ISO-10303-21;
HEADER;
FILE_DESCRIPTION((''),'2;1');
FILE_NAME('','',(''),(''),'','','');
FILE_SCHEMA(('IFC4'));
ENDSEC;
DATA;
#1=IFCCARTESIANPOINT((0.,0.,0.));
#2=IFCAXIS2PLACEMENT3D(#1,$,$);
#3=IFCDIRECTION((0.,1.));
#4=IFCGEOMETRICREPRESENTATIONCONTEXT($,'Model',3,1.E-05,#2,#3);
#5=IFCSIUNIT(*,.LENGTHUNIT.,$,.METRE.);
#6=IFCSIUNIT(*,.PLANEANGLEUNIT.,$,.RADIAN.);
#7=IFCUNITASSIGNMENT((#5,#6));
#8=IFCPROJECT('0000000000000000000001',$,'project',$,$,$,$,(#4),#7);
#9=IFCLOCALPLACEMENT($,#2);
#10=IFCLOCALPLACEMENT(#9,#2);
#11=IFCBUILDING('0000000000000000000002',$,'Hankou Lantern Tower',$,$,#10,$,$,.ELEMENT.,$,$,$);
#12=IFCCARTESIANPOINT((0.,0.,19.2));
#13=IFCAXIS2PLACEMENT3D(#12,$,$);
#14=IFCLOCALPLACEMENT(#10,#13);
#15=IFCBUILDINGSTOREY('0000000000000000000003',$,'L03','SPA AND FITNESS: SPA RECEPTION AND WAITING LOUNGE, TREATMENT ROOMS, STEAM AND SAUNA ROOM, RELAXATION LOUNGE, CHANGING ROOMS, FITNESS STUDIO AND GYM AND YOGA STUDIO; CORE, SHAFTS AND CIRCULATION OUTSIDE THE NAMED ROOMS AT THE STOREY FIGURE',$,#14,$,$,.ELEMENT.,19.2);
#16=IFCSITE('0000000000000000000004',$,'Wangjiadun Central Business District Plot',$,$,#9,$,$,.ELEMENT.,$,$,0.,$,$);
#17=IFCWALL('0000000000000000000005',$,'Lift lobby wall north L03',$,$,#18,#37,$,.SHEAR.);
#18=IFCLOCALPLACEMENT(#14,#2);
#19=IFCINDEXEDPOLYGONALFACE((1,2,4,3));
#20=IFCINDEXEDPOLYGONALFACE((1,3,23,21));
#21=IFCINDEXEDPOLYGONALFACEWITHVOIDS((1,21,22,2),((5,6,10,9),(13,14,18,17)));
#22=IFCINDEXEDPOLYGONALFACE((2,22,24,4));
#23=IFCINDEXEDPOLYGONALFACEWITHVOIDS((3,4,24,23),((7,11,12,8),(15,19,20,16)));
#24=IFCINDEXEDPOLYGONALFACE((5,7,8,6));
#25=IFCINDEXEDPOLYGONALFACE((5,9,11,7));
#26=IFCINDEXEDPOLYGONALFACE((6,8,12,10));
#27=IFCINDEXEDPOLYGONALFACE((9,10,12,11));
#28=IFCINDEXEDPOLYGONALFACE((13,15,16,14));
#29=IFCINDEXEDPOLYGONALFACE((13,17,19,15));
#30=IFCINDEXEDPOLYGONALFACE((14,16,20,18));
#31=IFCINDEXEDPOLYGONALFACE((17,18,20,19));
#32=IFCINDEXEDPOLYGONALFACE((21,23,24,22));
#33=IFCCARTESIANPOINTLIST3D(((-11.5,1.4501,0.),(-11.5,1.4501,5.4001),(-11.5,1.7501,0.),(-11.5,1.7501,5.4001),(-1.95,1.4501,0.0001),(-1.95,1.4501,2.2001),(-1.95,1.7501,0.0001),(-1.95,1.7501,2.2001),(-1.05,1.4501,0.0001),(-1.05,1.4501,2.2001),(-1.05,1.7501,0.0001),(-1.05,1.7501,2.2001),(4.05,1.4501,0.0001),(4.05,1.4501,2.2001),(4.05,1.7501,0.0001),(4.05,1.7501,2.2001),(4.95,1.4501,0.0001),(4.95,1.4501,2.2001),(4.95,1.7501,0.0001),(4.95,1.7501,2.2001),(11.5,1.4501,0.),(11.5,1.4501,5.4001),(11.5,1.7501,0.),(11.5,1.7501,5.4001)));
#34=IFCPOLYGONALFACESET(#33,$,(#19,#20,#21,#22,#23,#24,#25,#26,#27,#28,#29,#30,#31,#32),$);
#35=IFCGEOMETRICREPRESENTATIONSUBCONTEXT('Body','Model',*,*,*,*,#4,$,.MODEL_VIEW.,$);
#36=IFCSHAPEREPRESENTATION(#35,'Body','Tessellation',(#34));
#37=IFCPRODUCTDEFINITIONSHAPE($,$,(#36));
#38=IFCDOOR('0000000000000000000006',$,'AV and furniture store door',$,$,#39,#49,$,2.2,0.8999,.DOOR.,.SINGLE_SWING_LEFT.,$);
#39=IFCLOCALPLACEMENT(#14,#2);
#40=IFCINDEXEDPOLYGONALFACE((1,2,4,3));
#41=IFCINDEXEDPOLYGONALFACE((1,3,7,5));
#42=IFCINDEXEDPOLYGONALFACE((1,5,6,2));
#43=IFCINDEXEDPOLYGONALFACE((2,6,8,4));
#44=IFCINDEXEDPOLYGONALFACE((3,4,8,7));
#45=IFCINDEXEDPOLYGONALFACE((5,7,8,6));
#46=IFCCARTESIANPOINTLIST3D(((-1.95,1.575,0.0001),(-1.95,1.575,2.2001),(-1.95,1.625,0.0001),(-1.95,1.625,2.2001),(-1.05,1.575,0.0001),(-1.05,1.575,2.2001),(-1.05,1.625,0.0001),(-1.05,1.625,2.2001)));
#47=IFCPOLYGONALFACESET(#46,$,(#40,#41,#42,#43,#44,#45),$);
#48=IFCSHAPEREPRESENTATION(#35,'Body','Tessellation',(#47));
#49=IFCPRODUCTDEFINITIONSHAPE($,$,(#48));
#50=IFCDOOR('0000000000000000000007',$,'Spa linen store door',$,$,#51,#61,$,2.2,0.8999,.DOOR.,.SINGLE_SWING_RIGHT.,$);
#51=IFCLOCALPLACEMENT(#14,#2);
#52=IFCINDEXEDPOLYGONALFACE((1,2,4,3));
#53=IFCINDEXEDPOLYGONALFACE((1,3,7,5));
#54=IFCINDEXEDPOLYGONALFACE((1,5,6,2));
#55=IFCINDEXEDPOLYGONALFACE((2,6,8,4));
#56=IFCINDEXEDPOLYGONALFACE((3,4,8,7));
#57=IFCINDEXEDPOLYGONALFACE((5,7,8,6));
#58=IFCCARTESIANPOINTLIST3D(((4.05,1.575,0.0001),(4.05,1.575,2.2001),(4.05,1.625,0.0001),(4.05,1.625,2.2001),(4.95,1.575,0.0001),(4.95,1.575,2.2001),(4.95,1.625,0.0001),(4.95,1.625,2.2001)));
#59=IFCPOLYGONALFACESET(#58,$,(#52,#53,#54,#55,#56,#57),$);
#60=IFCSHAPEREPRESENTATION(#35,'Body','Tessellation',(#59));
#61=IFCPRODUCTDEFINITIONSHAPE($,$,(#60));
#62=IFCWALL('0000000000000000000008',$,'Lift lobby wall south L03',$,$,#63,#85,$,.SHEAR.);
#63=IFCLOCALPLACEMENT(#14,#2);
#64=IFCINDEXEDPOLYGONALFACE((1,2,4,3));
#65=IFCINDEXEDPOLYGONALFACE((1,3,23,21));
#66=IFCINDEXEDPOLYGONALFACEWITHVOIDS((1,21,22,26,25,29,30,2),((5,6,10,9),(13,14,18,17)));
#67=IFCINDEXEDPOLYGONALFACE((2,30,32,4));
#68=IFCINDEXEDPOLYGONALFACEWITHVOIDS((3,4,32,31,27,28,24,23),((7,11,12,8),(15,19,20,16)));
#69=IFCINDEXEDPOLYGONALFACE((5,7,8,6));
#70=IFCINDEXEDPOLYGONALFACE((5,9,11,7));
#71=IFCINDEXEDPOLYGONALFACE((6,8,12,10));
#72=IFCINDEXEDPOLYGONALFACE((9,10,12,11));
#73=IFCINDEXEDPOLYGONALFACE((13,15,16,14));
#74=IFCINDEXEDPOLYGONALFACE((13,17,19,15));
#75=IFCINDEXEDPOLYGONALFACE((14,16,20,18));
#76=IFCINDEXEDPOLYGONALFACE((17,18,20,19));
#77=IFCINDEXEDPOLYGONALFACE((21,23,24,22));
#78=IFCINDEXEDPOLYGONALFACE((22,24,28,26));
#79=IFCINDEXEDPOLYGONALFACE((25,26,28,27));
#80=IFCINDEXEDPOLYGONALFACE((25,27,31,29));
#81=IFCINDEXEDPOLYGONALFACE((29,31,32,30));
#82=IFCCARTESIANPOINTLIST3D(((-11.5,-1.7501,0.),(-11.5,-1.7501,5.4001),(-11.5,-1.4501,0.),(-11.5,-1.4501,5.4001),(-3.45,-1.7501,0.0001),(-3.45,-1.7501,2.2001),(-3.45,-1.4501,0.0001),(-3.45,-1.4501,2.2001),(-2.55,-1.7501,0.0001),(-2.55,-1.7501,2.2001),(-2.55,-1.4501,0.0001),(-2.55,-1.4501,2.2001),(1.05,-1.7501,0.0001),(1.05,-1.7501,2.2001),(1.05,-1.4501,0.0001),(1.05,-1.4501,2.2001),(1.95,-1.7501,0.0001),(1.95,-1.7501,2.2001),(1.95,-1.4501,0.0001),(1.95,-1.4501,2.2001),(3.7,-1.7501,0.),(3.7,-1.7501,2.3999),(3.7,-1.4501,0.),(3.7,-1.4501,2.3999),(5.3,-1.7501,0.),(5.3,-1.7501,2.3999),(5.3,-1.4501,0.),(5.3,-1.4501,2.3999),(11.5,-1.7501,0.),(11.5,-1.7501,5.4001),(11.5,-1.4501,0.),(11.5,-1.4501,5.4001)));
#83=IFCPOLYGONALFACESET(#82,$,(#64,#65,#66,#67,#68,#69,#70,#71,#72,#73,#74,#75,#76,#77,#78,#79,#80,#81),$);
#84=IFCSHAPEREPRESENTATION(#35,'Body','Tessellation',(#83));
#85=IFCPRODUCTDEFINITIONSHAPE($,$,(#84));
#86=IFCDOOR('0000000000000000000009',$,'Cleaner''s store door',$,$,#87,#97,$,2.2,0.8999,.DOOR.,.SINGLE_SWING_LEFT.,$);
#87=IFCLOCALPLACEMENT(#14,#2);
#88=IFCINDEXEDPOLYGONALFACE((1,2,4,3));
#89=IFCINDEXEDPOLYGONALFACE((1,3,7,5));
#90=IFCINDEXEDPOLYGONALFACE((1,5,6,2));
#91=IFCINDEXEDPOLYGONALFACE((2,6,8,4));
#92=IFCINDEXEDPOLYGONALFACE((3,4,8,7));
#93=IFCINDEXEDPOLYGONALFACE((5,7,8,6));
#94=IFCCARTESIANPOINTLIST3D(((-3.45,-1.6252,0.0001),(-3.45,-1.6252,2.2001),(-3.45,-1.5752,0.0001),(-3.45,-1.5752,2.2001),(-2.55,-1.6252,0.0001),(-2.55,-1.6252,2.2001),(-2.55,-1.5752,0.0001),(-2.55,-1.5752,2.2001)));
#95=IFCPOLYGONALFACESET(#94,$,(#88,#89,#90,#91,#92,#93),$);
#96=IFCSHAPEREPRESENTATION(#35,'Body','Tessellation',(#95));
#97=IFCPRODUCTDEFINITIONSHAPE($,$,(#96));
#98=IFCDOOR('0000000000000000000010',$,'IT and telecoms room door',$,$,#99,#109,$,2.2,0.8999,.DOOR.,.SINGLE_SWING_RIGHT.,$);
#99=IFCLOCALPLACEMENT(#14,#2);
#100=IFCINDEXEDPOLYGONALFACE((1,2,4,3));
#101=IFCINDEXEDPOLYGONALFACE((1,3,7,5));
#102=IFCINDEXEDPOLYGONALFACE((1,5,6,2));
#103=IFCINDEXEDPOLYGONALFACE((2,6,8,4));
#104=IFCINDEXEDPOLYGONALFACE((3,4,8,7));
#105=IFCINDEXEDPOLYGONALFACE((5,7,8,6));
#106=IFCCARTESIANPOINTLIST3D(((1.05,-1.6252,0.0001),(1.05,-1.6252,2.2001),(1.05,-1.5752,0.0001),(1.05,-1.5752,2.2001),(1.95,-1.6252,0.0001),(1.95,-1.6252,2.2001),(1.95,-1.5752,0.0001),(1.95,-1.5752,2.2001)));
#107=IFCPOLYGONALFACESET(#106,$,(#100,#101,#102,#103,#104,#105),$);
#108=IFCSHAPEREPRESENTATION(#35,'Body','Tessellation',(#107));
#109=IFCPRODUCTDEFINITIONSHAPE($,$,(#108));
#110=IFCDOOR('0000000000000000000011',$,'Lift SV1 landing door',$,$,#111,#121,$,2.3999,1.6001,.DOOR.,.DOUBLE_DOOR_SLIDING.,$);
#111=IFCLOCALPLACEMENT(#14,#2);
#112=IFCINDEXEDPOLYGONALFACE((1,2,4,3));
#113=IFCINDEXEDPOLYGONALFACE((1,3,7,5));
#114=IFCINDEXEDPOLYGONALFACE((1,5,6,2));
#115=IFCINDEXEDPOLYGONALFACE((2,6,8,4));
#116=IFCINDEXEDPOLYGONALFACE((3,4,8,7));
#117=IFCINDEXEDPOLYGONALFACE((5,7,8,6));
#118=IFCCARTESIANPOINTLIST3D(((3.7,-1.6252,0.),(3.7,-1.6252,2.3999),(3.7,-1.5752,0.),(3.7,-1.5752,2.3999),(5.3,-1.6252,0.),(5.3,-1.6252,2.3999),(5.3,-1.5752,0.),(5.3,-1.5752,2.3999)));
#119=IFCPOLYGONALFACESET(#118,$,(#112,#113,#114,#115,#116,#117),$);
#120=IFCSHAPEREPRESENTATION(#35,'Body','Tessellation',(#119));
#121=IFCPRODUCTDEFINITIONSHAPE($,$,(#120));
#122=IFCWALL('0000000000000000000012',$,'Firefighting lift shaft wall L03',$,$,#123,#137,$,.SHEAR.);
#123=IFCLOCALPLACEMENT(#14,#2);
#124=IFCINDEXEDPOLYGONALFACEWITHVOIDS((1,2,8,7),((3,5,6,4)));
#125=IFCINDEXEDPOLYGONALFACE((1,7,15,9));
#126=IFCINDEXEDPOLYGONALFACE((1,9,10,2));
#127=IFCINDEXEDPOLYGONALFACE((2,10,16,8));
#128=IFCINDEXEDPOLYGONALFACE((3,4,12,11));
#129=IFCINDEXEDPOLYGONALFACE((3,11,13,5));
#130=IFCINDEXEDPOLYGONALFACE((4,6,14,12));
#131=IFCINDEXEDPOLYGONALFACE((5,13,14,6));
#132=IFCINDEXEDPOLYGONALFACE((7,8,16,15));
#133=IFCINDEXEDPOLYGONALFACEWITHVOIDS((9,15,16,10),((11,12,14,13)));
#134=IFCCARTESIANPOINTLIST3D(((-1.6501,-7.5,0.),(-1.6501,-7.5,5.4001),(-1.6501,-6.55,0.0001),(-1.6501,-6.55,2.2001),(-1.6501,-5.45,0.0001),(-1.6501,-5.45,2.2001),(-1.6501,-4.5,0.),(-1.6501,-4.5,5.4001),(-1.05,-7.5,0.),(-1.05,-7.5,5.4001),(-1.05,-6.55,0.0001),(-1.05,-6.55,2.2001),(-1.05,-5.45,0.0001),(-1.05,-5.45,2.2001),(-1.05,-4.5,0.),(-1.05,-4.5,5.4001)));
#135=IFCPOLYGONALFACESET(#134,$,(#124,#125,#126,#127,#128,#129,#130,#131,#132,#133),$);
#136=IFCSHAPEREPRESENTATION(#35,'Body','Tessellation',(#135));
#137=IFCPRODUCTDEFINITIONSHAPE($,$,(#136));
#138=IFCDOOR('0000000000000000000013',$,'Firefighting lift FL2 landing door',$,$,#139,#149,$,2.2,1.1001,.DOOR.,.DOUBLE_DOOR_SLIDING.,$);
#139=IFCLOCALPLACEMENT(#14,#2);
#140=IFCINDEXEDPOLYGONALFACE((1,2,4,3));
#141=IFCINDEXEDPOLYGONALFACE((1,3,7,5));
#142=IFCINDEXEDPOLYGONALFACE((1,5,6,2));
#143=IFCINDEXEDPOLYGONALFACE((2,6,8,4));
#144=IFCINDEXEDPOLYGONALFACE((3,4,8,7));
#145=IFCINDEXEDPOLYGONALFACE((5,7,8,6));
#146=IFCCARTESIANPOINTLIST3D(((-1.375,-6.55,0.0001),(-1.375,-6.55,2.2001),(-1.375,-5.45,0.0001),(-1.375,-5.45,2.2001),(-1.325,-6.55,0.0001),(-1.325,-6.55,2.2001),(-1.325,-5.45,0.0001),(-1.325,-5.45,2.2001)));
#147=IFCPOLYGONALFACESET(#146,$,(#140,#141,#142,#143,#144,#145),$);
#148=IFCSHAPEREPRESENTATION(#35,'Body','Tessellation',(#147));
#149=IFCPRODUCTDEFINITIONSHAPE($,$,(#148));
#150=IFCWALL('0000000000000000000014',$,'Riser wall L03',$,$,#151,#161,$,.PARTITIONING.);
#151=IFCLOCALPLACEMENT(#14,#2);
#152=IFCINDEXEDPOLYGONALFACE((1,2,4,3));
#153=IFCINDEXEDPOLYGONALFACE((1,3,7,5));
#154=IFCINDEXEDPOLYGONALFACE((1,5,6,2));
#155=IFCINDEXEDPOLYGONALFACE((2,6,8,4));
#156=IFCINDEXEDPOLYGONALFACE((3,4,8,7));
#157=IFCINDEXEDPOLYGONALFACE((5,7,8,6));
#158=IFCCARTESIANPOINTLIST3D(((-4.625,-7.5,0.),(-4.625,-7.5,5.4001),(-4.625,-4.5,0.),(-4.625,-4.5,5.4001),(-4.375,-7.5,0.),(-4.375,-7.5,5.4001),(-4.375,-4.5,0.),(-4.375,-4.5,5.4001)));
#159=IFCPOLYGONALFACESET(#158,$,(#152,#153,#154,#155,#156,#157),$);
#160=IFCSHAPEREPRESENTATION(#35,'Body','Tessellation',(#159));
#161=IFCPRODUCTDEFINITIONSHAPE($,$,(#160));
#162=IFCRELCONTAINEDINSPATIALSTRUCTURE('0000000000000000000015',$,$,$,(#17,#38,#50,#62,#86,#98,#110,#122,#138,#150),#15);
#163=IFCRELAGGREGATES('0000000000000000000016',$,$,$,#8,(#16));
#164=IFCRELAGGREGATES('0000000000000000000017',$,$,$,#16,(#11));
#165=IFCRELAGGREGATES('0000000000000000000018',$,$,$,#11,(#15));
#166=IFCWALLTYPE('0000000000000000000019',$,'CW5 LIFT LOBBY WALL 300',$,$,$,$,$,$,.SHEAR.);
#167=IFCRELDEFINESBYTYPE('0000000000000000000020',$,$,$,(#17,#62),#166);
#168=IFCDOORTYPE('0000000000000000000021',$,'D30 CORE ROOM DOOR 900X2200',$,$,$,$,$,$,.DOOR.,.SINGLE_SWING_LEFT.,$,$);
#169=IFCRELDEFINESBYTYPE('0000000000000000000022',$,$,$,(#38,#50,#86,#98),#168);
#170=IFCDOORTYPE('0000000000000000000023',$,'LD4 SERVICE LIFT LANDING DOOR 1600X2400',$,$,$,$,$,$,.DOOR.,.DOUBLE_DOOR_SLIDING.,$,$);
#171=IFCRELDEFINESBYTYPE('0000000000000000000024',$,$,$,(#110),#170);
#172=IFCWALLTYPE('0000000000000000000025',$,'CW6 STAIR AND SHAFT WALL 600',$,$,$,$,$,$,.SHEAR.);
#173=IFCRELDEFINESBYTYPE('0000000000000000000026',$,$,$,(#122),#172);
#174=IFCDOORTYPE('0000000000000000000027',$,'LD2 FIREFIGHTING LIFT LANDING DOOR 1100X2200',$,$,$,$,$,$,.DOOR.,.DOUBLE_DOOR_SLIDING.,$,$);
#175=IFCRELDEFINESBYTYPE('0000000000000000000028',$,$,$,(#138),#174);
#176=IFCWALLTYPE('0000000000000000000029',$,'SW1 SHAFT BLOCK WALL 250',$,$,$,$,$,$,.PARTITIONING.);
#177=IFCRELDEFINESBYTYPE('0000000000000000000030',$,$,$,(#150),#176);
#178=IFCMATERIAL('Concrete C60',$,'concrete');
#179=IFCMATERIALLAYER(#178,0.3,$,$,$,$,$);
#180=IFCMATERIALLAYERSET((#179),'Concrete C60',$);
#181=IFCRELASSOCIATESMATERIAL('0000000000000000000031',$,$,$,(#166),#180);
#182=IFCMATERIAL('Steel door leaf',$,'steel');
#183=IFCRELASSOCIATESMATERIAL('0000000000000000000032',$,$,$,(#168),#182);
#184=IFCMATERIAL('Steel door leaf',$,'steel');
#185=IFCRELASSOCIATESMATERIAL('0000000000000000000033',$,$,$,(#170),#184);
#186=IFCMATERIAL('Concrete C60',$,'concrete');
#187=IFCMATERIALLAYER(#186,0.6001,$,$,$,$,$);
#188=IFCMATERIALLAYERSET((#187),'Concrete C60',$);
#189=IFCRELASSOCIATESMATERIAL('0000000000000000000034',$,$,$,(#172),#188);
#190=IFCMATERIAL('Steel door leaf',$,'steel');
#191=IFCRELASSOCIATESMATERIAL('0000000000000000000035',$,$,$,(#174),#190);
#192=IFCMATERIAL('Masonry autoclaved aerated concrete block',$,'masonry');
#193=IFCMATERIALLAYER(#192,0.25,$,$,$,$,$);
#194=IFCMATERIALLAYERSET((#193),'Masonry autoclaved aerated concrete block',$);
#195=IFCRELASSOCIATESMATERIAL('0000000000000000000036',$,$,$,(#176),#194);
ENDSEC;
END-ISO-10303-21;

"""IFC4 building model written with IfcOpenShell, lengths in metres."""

from ifc_helpers import new_model, si_unit, direction, frame, frame_2d, origin, place, context, subcontext, project, spatial, rectangle, extrude, material, layer, layer_set, type_object, element, fill, save


model = new_model("IFC4")

# Units and contexts
model_context = context("Model", 3, precision=1e-05, world=origin(), true_north=direction((0.0, 1.0)))
body_context = subcontext(model_context, "Body", "Model", "MODEL_VIEW")
ifc_project = project(units=[si_unit("LENGTHUNIT", "METRE"), si_unit("PLANEANGLEUNIT", "RADIAN")], contexts=[model_context])

# Site, building, storey
site_placement = place(None, origin())
site = spatial("IfcSite", under=ifc_project, at=site_placement, Name="Wangjiadun Central Business District Plot", CompositionType="ELEMENT", RefElevation=0.0)
building_placement = place(site_placement, origin())
building = spatial("IfcBuilding", under=site, at=building_placement, Name="Hankou Lantern Tower", CompositionType="ELEMENT")
storey_placement = place(building_placement, frame((0.0, 0.0, 19.2)))
storey = spatial("IfcBuildingStorey", under=building, at=storey_placement, Name="L03", Description="SPA AND FITNESS: SPA RECEPTION AND WAITING LOUNGE, TREATMENT ROOMS, STEAM AND SAUNA ROOM, RELAXATION LOUNGE, CHANGING ROOMS, FITNESS STUDIO AND GYM AND YOGA STUDIO; CORE, SHAFTS AND CIRCULATION OUTSIDE THE NAMED ROOMS AT THE STOREY FIGURE", CompositionType="ELEMENT", Elevation=19.2)

# Walls, openings, doors
ifc_material_1 = material(Name="Concrete C60", Category="concrete")
ifc_layer_1 = layer(ifc_material_1, 0.3)
ifc_layer_set_1 = layer_set([ifc_layer_1], Name="Concrete C60")
wall_type_1 = type_object("IfcWallType", Name="CW5 LIFT LOBBY WALL 300", PredefinedType="SHEAR", material=ifc_layer_set_1)
wall_1_placement = place(storey_placement, frame((-11.5, 1.6001, 0.0), z_axis=(0.0, 0.0, 1.0), x_axis=(1.0, 0.0, 0.0)))
wall_1 = element("IfcWall", 1, at=wall_1_placement, inside=storey, type_object=wall_type_1, Name="Lift lobby wall north L03", PredefinedType="SHEAR", context=body_context, shape_type="SweptSolid", body=[
    extrude(rectangle(XDim=23.0, YDim=0.3, at=frame_2d((11.5, 0.0))), origin(), (0.0, 0.0, 1.0), 5.4001),
])
opening_1_placement = place(wall_1_placement, frame((9.55, 0.0, 0.0)))
opening_1 = element("IfcOpeningElement", 2, at=opening_1_placement, cuts=wall_1, PredefinedType="OPENING", context=body_context, shape_type="SweptSolid", body=[
    extrude(rectangle(XDim=0.8999, YDim=2.2, at=frame_2d((0.45, 1.1001))), frame((0.0, 0.1599, 0.0), z_axis=(0.0, -1.0, 0.0), x_axis=(1.0, 0.0, 0.0)), (0.0, 0.0, 1.0), 0.3201),
])
opening_2_placement = place(wall_1_placement, frame((15.55, 0.0, 0.0)))
opening_2 = element("IfcOpeningElement", 3, at=opening_2_placement, cuts=wall_1, PredefinedType="OPENING", context=body_context, shape_type="SweptSolid", body=[
    extrude(rectangle(XDim=0.8999, YDim=2.2, at=frame_2d((0.45, 1.1001))), frame((0.0, 0.1599, 0.0), z_axis=(0.0, -1.0, 0.0), x_axis=(1.0, 0.0, 0.0)), (0.0, 0.0, 1.0), 0.3201),
])
ifc_material_2 = material(Name="Steel door leaf", Category="steel")
door_type_1 = type_object("IfcDoorType", Name="D30 CORE ROOM DOOR 900X2200", OperationType="SINGLE_SWING_LEFT", PredefinedType="DOOR", material=ifc_material_2)
door_1_placement = place(opening_1_placement, origin())
door_1 = element("IfcDoor", 4, at=door_1_placement, inside=storey, type_object=door_type_1, Name="AV and furniture store door", OperationType="SINGLE_SWING_LEFT", OverallHeight=2.2, OverallWidth=0.8999, PredefinedType="DOOR", context=body_context, shape_type="SweptSolid", body=[
    extrude(rectangle(XDim=0.8999, YDim=2.2, at=frame_2d((0.45, 1.1001))), frame((0.0, 0.0249, 0.0), z_axis=(0.0, -1.0, 0.0), x_axis=(1.0, 0.0, 0.0)), (0.0, 0.0, 1.0), 0.05),
])
fill(opening_1, door_1)
door_2_placement = place(opening_2_placement, origin())
door_2 = element("IfcDoor", 5, at=door_2_placement, inside=storey, type_object=door_type_1, Name="Spa linen store door", OperationType="SINGLE_SWING_RIGHT", OverallHeight=2.2, OverallWidth=0.8999, PredefinedType="DOOR", context=body_context, shape_type="SweptSolid", body=[
    extrude(rectangle(XDim=0.8999, YDim=2.2, at=frame_2d((0.45, 1.1001))), frame((0.0, 0.0249, 0.0), z_axis=(0.0, -1.0, 0.0), x_axis=(1.0, 0.0, 0.0)), (0.0, 0.0, 1.0), 0.05),
])
fill(opening_2, door_2)
wall_2_placement = place(storey_placement, frame((-11.5, -1.6001, 0.0), z_axis=(0.0, 0.0, 1.0), x_axis=(1.0, 0.0, 0.0)))
wall_2 = element("IfcWall", 6, at=wall_2_placement, inside=storey, type_object=wall_type_1, Name="Lift lobby wall south L03", PredefinedType="SHEAR", context=body_context, shape_type="SweptSolid", body=[
    extrude(rectangle(XDim=23.0, YDim=0.3, at=frame_2d((11.5, 0.0))), origin(), (0.0, 0.0, 1.0), 5.4001),
])
opening_3_placement = place(wall_2_placement, frame((15.2, 0.0, 0.0)))
opening_3 = element("IfcOpeningElement", 7, at=opening_3_placement, cuts=wall_2, PredefinedType="OPENING", context=body_context, shape_type="SweptSolid", body=[
    extrude(rectangle(XDim=1.6001, YDim=2.3999, at=frame_2d((0.8, 1.2))), frame((0.0, 0.1599, 0.0), z_axis=(0.0, -1.0, 0.0), x_axis=(1.0, 0.0, 0.0)), (0.0, 0.0, 1.0), 0.3201),
])
opening_4_placement = place(wall_2_placement, frame((8.05, 0.0, 0.0)))
opening_4 = element("IfcOpeningElement", 8, at=opening_4_placement, cuts=wall_2, PredefinedType="OPENING", context=body_context, shape_type="SweptSolid", body=[
    extrude(rectangle(XDim=0.8999, YDim=2.2, at=frame_2d((0.45, 1.1001))), frame((0.0, 0.1599, 0.0), z_axis=(0.0, -1.0, 0.0), x_axis=(1.0, 0.0, 0.0)), (0.0, 0.0, 1.0), 0.3201),
])
opening_5_placement = place(wall_2_placement, frame((12.55, 0.0, 0.0)))
opening_5 = element("IfcOpeningElement", 9, at=opening_5_placement, cuts=wall_2, PredefinedType="OPENING", context=body_context, shape_type="SweptSolid", body=[
    extrude(rectangle(XDim=0.8999, YDim=2.2, at=frame_2d((0.45, 1.1001))), frame((0.0, 0.1599, 0.0), z_axis=(0.0, -1.0, 0.0), x_axis=(1.0, 0.0, 0.0)), (0.0, 0.0, 1.0), 0.3201),
])
door_3_placement = place(opening_4_placement, origin())
door_3 = element("IfcDoor", 10, at=door_3_placement, inside=storey, type_object=door_type_1, Name="Cleaner's store door", OperationType="SINGLE_SWING_LEFT", OverallHeight=2.2, OverallWidth=0.8999, PredefinedType="DOOR", context=body_context, shape_type="SweptSolid", body=[
    extrude(rectangle(XDim=0.8999, YDim=2.2, at=frame_2d((0.45, 1.1001))), frame((0.0, 0.0249, 0.0), z_axis=(0.0, -1.0, 0.0), x_axis=(1.0, 0.0, 0.0)), (0.0, 0.0, 1.0), 0.05),
])
fill(opening_4, door_3)
door_4_placement = place(opening_5_placement, origin())
door_4 = element("IfcDoor", 11, at=door_4_placement, inside=storey, type_object=door_type_1, Name="IT and telecoms room door", OperationType="SINGLE_SWING_RIGHT", OverallHeight=2.2, OverallWidth=0.8999, PredefinedType="DOOR", context=body_context, shape_type="SweptSolid", body=[
    extrude(rectangle(XDim=0.8999, YDim=2.2, at=frame_2d((0.45, 1.1001))), frame((0.0, 0.0249, 0.0), z_axis=(0.0, -1.0, 0.0), x_axis=(1.0, 0.0, 0.0)), (0.0, 0.0, 1.0), 0.05),
])
fill(opening_5, door_4)
ifc_material_3 = material(Name="Steel door leaf", Category="steel")
door_type_2 = type_object("IfcDoorType", Name="LD4 SERVICE LIFT LANDING DOOR 1600X2400", OperationType="DOUBLE_DOOR_SLIDING", PredefinedType="DOOR", material=ifc_material_3)
door_5_placement = place(opening_3_placement, origin())
door_5 = element("IfcDoor", 12, at=door_5_placement, inside=storey, type_object=door_type_2, Name="Lift SV1 landing door", OperationType="DOUBLE_DOOR_SLIDING", OverallHeight=2.3999, OverallWidth=1.6001, PredefinedType="DOOR", context=body_context, shape_type="SweptSolid", body=[
    extrude(rectangle(XDim=1.6001, YDim=2.3999, at=frame_2d((0.8, 1.2))), frame((0.0, 0.0249, 0.0), z_axis=(0.0, -1.0, 0.0), x_axis=(1.0, 0.0, 0.0)), (0.0, 0.0, 1.0), 0.05),
])
fill(opening_3, door_5)

# Wall, opening, door
ifc_material_4 = material(Name="Concrete C60", Category="concrete")
ifc_layer_2 = layer(ifc_material_4, 0.6001)
ifc_layer_set_2 = layer_set([ifc_layer_2], Name="Concrete C60")
wall_type_2 = type_object("IfcWallType", Name="CW6 STAIR AND SHAFT WALL 600", PredefinedType="SHEAR", material=ifc_layer_set_2)
wall_3_placement = place(storey_placement, frame((-1.3501, -7.5, 0.0), z_axis=(0.0, 0.0, 1.0), x_axis=(0.0, 1.0, 0.0)))
wall_3 = element("IfcWall", 13, at=wall_3_placement, inside=storey, type_object=wall_type_2, Name="Firefighting lift shaft wall L03", PredefinedType="SHEAR", context=body_context, shape_type="SweptSolid", body=[
    extrude(rectangle(XDim=3.0, YDim=0.6001, at=frame_2d((1.5, 0.0))), origin(), (0.0, 0.0, 1.0), 5.4001),
])
opening_6_placement = place(wall_3_placement, frame((0.95, 0.0, 0.0)))
opening_6 = element("IfcOpeningElement", 14, at=opening_6_placement, cuts=wall_3, PredefinedType="OPENING", context=body_context, shape_type="SweptSolid", body=[
    extrude(rectangle(XDim=1.1001, YDim=2.2, at=frame_2d((0.55, 1.1001))), frame((0.0, 0.3101, 0.0), z_axis=(0.0, -1.0, 0.0), x_axis=(1.0, 0.0, 0.0)), (0.0, 0.0, 1.0), 0.6201),
])
ifc_material_5 = material(Name="Steel door leaf", Category="steel")
door_type_3 = type_object("IfcDoorType", Name="LD2 FIREFIGHTING LIFT LANDING DOOR 1100X2200", OperationType="DOUBLE_DOOR_SLIDING", PredefinedType="DOOR", material=ifc_material_5)
door_6_placement = place(opening_6_placement, origin())
door_6 = element("IfcDoor", 15, at=door_6_placement, inside=storey, type_object=door_type_3, Name="Firefighting lift FL2 landing door", OperationType="DOUBLE_DOOR_SLIDING", OverallHeight=2.2, OverallWidth=1.1001, PredefinedType="DOOR", context=body_context, shape_type="SweptSolid", body=[
    extrude(rectangle(XDim=1.1001, YDim=2.2, at=frame_2d((0.55, 1.1001))), frame((0.0, 0.0249, 0.0), z_axis=(0.0, -1.0, 0.0), x_axis=(1.0, 0.0, 0.0)), (0.0, 0.0, 1.0), 0.05),
])
fill(opening_6, door_6)

# Wall
ifc_material_6 = material(Name="Masonry autoclaved aerated concrete block", Category="masonry")
ifc_layer_3 = layer(ifc_material_6, 0.25)
ifc_layer_set_3 = layer_set([ifc_layer_3], Name="Masonry autoclaved aerated concrete block")
wall_type_3 = type_object("IfcWallType", Name="SW1 SHAFT BLOCK WALL 250", PredefinedType="PARTITIONING", material=ifc_layer_set_3)
wall_4_placement = place(storey_placement, frame((-4.5, -7.5, 0.0), z_axis=(0.0, 0.0, 1.0), x_axis=(0.0, 1.0, 0.0)))
element("IfcWall", 16, at=wall_4_placement, inside=storey, type_object=wall_type_3, Name="Riser wall L03", PredefinedType="PARTITIONING", context=body_context, shape_type="SweptSolid", body=[
    extrude(rectangle(XDim=3.0, YDim=0.25, at=frame_2d((1.5, 0.0))), origin(), (0.0, 0.0, 1.0), 5.4001),
])

save(model, "model.ifc")
